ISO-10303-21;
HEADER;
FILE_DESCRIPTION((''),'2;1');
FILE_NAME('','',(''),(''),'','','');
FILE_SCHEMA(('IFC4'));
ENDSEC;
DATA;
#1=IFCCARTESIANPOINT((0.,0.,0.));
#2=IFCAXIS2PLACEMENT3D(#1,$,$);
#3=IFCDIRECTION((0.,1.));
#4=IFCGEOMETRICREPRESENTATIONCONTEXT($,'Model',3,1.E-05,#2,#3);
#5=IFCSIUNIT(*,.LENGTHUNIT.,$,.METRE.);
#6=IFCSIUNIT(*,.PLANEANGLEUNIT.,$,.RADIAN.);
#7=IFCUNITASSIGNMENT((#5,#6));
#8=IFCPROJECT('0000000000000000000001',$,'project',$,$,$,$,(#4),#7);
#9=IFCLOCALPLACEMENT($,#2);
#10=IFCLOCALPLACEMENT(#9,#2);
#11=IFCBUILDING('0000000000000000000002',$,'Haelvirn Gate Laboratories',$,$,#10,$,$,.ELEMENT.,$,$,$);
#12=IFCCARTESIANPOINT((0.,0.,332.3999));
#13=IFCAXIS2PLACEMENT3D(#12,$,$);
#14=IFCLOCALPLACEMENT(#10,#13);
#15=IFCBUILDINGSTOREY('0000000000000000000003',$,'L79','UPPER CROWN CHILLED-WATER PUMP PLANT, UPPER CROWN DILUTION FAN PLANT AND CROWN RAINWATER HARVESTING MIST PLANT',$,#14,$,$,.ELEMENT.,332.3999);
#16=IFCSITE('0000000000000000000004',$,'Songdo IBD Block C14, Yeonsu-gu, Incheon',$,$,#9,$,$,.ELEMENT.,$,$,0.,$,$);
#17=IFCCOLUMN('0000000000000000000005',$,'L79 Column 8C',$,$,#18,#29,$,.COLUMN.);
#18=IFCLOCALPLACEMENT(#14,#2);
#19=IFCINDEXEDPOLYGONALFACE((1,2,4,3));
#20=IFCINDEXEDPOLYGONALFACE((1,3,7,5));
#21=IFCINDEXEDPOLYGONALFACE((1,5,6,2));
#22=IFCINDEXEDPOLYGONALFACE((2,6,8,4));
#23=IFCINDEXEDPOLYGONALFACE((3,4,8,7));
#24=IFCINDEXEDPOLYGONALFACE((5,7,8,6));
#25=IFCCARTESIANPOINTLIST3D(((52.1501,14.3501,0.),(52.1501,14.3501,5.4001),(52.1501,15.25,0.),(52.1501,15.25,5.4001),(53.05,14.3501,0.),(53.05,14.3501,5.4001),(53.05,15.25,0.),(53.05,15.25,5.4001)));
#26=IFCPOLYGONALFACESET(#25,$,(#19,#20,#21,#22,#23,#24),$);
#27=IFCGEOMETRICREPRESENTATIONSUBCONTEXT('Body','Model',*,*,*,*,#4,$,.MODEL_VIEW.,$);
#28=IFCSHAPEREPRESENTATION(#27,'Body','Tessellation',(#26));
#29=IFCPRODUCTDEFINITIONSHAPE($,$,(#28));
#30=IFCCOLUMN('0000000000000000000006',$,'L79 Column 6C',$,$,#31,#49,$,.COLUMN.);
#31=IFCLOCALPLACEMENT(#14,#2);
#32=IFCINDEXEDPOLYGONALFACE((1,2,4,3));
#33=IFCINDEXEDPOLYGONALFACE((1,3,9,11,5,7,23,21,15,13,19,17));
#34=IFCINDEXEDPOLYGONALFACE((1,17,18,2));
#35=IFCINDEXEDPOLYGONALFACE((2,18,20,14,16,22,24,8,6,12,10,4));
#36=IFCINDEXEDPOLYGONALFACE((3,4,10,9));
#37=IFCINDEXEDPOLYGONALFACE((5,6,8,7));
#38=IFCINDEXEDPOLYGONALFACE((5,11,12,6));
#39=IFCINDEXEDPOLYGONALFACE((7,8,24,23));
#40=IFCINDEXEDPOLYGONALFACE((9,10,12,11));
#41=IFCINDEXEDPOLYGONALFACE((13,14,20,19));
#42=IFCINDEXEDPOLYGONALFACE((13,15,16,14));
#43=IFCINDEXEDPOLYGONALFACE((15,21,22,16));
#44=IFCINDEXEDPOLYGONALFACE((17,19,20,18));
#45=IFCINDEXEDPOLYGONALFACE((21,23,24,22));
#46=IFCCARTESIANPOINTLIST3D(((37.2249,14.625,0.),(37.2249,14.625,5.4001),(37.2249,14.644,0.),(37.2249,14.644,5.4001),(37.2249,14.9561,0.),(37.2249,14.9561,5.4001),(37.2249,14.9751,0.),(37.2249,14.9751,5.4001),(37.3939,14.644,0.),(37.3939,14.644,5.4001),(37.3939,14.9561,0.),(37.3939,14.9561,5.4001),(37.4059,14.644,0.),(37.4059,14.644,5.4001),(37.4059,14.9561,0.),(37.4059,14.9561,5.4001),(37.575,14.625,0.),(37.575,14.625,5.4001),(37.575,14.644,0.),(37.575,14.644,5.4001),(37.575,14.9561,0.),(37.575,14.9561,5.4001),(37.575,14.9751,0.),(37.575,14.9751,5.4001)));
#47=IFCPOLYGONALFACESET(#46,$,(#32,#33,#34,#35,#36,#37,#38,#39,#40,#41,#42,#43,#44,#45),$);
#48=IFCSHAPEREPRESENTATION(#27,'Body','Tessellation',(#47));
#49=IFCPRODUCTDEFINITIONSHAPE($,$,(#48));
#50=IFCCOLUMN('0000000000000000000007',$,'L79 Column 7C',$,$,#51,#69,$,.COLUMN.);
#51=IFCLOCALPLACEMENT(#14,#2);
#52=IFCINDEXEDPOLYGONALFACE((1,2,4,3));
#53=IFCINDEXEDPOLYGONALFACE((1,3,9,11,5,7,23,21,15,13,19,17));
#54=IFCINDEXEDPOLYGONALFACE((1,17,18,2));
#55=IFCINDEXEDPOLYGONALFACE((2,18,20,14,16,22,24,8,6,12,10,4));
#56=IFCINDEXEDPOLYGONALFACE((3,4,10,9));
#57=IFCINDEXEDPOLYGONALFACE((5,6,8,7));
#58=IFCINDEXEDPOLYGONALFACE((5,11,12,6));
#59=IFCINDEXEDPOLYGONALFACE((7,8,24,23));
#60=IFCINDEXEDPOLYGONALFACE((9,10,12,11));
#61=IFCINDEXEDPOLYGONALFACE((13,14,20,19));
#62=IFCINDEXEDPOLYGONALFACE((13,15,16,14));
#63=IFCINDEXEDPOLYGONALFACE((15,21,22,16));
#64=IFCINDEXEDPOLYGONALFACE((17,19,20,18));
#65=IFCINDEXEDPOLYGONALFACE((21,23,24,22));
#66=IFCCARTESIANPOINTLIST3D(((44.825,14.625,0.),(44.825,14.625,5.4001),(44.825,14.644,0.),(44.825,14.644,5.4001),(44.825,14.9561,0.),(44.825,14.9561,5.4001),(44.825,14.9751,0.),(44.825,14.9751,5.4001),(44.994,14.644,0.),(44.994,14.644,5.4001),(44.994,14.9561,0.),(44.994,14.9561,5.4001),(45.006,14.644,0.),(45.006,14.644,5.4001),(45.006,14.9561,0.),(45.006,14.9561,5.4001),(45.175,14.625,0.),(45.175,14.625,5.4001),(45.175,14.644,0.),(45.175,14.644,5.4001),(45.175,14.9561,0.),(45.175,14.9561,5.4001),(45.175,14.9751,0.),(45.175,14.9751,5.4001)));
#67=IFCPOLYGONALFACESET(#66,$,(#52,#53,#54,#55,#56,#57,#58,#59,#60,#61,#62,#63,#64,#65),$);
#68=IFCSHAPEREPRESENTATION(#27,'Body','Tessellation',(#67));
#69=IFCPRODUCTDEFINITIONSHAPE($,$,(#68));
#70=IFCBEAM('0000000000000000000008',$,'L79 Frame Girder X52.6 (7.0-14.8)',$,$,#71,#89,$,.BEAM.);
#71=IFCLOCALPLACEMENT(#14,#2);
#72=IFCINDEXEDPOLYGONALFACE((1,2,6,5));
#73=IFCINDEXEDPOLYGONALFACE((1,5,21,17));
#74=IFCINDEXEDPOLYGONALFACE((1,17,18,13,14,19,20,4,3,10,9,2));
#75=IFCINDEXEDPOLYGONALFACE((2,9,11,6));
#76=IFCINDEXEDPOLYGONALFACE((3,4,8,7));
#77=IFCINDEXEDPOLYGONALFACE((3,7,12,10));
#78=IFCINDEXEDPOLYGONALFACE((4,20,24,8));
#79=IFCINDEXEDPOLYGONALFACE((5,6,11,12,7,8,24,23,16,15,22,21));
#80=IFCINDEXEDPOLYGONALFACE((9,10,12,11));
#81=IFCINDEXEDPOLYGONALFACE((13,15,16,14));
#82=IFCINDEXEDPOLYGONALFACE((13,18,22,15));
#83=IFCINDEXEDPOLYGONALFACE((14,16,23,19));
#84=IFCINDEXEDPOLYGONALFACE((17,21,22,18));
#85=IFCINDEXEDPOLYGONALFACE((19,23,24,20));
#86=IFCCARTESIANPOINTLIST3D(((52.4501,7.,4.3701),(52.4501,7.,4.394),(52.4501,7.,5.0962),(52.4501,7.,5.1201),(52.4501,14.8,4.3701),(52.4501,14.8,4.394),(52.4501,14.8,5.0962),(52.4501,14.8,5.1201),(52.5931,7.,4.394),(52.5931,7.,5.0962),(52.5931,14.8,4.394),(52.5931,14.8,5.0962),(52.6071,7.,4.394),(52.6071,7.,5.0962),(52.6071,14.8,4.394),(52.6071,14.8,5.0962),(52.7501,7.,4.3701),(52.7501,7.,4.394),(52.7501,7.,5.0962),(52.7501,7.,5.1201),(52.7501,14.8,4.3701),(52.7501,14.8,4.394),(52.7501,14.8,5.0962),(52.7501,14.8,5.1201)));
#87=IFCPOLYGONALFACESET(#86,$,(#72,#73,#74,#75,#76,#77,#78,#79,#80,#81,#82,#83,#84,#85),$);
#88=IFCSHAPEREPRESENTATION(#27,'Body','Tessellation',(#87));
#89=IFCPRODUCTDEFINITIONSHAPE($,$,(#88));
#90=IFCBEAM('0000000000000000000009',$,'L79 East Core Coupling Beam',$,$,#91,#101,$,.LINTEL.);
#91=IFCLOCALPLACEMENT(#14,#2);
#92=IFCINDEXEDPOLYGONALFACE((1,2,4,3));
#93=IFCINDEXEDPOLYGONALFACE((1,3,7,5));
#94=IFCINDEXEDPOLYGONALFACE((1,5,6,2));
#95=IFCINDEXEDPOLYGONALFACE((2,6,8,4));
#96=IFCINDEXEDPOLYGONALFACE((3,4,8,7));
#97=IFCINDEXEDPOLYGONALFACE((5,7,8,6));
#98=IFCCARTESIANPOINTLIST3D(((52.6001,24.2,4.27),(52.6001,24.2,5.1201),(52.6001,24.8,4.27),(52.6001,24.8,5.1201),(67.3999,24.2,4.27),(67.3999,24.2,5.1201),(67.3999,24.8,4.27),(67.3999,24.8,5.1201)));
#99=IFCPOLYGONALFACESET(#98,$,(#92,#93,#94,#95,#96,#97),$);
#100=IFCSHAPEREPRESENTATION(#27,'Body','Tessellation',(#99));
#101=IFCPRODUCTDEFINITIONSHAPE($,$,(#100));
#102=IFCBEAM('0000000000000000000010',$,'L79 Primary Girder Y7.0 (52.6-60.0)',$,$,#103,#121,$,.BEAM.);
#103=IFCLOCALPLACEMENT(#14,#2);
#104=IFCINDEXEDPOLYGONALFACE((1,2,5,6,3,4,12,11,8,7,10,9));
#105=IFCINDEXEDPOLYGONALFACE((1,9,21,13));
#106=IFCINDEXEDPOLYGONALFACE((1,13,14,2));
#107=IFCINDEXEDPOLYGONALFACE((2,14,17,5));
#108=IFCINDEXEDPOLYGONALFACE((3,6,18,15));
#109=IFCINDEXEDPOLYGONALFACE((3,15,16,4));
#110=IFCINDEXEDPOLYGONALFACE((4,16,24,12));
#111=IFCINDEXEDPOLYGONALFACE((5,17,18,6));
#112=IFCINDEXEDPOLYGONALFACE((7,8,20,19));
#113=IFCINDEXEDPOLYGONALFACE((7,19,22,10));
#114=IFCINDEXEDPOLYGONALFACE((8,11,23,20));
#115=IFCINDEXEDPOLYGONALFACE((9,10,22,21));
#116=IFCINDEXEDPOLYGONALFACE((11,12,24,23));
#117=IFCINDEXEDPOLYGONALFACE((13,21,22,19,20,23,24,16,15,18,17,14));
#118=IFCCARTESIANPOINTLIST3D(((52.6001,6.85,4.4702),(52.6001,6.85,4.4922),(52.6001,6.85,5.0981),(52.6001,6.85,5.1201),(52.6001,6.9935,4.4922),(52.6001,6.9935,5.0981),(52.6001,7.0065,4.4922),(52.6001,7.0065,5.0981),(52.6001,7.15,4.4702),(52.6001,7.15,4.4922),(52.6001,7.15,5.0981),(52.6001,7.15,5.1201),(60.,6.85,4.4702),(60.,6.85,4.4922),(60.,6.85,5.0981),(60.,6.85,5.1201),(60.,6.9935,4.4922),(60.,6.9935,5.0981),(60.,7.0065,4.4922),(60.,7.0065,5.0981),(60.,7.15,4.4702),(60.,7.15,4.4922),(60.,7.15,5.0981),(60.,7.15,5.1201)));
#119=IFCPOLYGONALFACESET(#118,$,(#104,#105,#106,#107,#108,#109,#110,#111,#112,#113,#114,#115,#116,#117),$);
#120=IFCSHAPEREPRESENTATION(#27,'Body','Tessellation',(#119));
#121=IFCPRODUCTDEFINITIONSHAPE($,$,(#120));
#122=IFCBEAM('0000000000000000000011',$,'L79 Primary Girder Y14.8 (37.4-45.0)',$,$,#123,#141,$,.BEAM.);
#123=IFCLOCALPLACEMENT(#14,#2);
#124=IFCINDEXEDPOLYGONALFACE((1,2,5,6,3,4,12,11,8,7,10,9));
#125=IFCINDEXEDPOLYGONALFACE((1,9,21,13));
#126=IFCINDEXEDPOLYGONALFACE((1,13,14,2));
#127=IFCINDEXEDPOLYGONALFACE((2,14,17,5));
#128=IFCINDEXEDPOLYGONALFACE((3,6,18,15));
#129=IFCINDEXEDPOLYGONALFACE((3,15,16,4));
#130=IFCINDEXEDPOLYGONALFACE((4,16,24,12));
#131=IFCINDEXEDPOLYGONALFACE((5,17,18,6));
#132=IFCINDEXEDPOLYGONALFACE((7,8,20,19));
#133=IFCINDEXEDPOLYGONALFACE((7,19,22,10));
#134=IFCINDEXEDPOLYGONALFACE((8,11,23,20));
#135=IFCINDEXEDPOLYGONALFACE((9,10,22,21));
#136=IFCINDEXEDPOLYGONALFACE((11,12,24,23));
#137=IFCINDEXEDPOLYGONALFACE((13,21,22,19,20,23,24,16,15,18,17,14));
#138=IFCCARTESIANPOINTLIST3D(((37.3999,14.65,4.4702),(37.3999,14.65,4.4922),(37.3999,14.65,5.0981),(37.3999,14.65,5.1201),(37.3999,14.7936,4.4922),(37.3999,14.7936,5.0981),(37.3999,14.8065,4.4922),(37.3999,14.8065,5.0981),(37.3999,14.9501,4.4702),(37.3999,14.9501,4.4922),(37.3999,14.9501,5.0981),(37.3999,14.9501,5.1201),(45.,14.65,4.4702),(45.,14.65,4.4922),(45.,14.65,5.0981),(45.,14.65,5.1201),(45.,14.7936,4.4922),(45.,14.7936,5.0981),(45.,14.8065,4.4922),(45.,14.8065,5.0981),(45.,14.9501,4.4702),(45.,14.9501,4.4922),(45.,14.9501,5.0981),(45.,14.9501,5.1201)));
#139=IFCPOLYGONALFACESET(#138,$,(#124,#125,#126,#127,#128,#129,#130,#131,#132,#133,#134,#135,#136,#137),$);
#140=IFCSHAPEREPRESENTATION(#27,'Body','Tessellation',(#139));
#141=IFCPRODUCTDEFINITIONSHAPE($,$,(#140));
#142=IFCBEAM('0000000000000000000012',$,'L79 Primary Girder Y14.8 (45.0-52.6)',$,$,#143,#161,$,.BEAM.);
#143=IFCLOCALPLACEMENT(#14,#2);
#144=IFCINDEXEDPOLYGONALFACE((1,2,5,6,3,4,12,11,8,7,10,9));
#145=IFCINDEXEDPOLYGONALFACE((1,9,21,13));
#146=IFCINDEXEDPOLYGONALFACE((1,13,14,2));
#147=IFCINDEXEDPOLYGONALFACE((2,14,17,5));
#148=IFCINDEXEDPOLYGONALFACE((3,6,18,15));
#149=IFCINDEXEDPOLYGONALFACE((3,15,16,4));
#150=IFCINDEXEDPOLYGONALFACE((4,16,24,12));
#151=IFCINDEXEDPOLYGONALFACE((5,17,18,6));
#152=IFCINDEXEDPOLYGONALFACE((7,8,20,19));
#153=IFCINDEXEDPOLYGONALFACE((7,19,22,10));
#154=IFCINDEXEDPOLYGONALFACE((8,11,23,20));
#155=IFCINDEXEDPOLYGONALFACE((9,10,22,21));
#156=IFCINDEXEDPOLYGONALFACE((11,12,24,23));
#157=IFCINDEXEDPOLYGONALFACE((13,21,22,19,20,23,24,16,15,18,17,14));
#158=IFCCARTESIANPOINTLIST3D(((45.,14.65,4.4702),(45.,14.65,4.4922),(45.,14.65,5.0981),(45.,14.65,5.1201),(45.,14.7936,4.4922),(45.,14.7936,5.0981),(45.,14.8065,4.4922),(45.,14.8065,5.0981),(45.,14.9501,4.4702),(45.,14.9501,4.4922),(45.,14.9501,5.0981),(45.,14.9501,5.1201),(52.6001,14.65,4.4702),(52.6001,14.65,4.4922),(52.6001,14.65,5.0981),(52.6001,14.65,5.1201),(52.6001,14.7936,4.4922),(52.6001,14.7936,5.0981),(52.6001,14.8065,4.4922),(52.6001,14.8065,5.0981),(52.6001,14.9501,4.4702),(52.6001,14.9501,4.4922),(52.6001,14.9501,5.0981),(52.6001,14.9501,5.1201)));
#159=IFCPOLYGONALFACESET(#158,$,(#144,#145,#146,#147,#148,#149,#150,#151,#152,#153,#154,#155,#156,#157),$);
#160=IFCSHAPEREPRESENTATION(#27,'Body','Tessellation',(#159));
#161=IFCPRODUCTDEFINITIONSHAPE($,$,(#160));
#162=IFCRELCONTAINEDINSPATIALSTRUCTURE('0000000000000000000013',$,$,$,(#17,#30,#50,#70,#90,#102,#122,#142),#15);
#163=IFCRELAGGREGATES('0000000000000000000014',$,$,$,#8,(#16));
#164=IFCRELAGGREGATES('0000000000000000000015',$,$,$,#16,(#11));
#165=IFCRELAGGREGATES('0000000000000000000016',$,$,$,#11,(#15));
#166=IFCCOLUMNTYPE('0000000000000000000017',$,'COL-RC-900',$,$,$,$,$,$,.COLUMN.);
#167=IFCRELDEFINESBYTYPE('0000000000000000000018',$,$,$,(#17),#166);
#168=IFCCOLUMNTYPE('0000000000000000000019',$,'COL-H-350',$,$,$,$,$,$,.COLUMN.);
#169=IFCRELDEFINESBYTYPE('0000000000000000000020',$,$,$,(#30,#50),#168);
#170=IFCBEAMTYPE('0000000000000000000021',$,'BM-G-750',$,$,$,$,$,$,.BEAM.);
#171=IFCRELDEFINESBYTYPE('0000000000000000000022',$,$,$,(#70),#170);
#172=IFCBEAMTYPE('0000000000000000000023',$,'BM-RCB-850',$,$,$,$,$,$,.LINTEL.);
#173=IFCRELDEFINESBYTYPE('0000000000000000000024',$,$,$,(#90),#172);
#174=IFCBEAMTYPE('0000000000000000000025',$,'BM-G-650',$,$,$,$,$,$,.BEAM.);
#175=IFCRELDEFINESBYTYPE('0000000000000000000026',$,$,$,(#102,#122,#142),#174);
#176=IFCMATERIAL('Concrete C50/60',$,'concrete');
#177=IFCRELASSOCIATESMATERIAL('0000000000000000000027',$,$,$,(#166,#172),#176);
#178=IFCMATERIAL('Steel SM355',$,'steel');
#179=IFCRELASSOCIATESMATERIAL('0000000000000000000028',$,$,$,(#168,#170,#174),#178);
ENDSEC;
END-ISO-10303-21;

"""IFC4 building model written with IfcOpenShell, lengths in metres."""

from ifc_helpers import new_model, si_unit, direction, frame, origin, origin_2d, place, context, subcontext, project, spatial, rectangle, i_section, extrude, source, transform, mapped, material, material_profile, profile_set, type_object, type_shapes, element, save


model = new_model("IFC4")

# Units and contexts
model_context = context("Model", 3, precision=1e-05, world=origin(), true_north=direction((0.0, 1.0)))
body_context = subcontext(model_context, "Body", "Model", "MODEL_VIEW")
ifc_project = project(units=[si_unit("LENGTHUNIT", "METRE"), si_unit("PLANEANGLEUNIT", "RADIAN")], contexts=[model_context])

# Site, building, storey
site_placement = place(None, origin())
site = spatial("IfcSite", under=ifc_project, at=site_placement, Name="Songdo IBD Block C14, Yeonsu-gu, Incheon", CompositionType="ELEMENT", RefElevation=0.0)
building_placement = place(site_placement, origin())
building = spatial("IfcBuilding", under=site, at=building_placement, Name="Haelvirn Gate Laboratories", CompositionType="ELEMENT")
storey_placement = place(building_placement, frame((0.0, 0.0, 332.3999)))
storey = spatial("IfcBuildingStorey", under=building, at=storey_placement, Name="L79", Description="UPPER CROWN CHILLED-WATER PUMP PLANT, UPPER CROWN DILUTION FAN PLANT AND CROWN RAINWATER HARVESTING MIST PLANT", CompositionType="ELEMENT", Elevation=332.3999)

# Columns
ifc_material_1 = material(Name="Concrete C50/60", Category="concrete")
ifc_material_profile_1 = material_profile(ifc_material_1, rectangle(XDim=0.8999, YDim=0.8999, at=origin_2d()), Name="RC-900x900")
ifc_profile_set_1 = profile_set([ifc_material_profile_1], Name="Concrete C50/60")
column_type_1 = type_object("IfcColumnType", Name="COL-RC-900", PredefinedType="COLUMN", material=ifc_profile_set_1)
shared_shape_1 = source(origin(), body_context, "Body", "SweptSolid", [
    extrude(rectangle(XDim=0.8999, YDim=0.8999, at=origin_2d()), origin(), (0.0, 0.0, 1.0), 5.4001),
])
type_shapes(column_type_1, [shared_shape_1])
column_placement = place(storey_placement, frame((52.6001, 14.8, 0.0), z_axis=(0.0, 0.0, 1.0), x_axis=(1.0, 0.0, 0.0)))
element("IfcColumn", 1, at=column_placement, inside=storey, type_object=column_type_1, Name="L79 Column 8C", PredefinedType="COLUMN", context=body_context, shape_type="MappedRepresentation", body=[
    mapped(shared_shape_1, transform((0.0, 0.0, 0.0), scale=1.0)),
])
ifc_material_2 = material(Name="Steel SM355", Category="steel")
ifc_material_profile_2 = material_profile(ifc_material_2, i_section(OverallWidth=0.3501, OverallDepth=0.3501, WebThickness=0.012, FlangeThickness=0.019, at=origin_2d()), Name="H-350x350x12x19")
ifc_profile_set_2 = profile_set([ifc_material_profile_2], Name="Steel SM355")
column_type_2 = type_object("IfcColumnType", Name="COL-H-350", PredefinedType="COLUMN", material=ifc_profile_set_2)
shared_shape_2 = source(origin(), body_context, "Body", "SweptSolid", [
    extrude(i_section(OverallWidth=0.3501, OverallDepth=0.3501, WebThickness=0.012, FlangeThickness=0.019, at=origin_2d()), origin(), (0.0, 0.0, 1.0), 5.4001),
])
type_shapes(column_type_2, [shared_shape_2])
for number, where, z_axis, x_axis, name in (
    (2, (37.3999, 14.8, 0.0), (0.0, 0.0, 1.0), (1.0, 0.0, 0.0), "L79 Column 6C"),
    (3, (45.0, 14.8, 0.0), (0.0, 0.0, 1.0), (1.0, 0.0, 0.0), "L79 Column 7C"),
):
    element("IfcColumn", number, at=place(storey_placement, frame(where, z_axis=z_axis, x_axis=x_axis)), inside=storey, type_object=column_type_2, Name=name, PredefinedType="COLUMN", context=body_context, shape_type="MappedRepresentation", body=[
        mapped(shared_shape_2, transform((0.0, 0.0, 0.0), scale=1.0)),
    ])

# Beams
ifc_material_profile_3 = material_profile(ifc_material_2, i_section(OverallWidth=0.3, OverallDepth=0.75, WebThickness=0.0139, FlangeThickness=0.0239, at=origin_2d()), Name="H-750x300x14x24")
ifc_profile_set_3 = profile_set([ifc_material_profile_3], Name="Steel SM355")
beam_type_1 = type_object("IfcBeamType", Name="BM-G-750", PredefinedType="BEAM", material=ifc_profile_set_3)
shared_shape_3 = source(origin(), body_context, "Body", "SweptSolid", [
    extrude(i_section(OverallWidth=0.3, OverallDepth=0.75, WebThickness=0.0139, FlangeThickness=0.0239, at=origin_2d()), origin(), (0.0, 0.0, 1.0), 7.8),
])
type_shapes(beam_type_1, [shared_shape_3])
beam_1_placement = place(storey_placement, frame((52.6001, 7.0, 4.7451), z_axis=(0.0, 1.0, 0.0), x_axis=(-1.0, 0.0, 0.0)))
element("IfcBeam", 4, at=beam_1_placement, inside=storey, type_object=beam_type_1, Name="L79 Frame Girder X52.6 (7.0-14.8)", PredefinedType="BEAM", context=body_context, shape_type="MappedRepresentation", body=[
    mapped(shared_shape_3, transform((0.0, 0.0, 0.0), scale=1.0)),
])
ifc_material_profile_4 = material_profile(ifc_material_1, rectangle(XDim=0.6001, YDim=0.8501, at=origin_2d()), Name="RCB-600x850")
ifc_profile_set_4 = profile_set([ifc_material_profile_4], Name="Concrete C50/60")
beam_type_2 = type_object("IfcBeamType", Name="BM-RCB-850", PredefinedType="LINTEL", material=ifc_profile_set_4)
shared_shape_4 = source(origin(), body_context, "Body", "SweptSolid", [
    extrude(rectangle(XDim=0.6001, YDim=0.8501, at=origin_2d()), origin(), (0.0, 0.0, 1.0), 14.7998),
])
type_shapes(beam_type_2, [shared_shape_4])
beam_2_placement = place(storey_placement, frame((52.6001, 24.5, 4.6951), z_axis=(1.0, 0.0, 0.0), x_axis=(0.0, 1.0, 0.0)))
element("IfcBeam", 5, at=beam_2_placement, inside=storey, type_object=beam_type_2, Name="L79 East Core Coupling Beam", PredefinedType="LINTEL", context=body_context, shape_type="MappedRepresentation", body=[
    mapped(shared_shape_4, transform((0.0, 0.0, 0.0), scale=1.0)),
])
ifc_material_profile_5 = material_profile(ifc_material_2, i_section(OverallWidth=0.3, OverallDepth=0.6499, WebThickness=0.0129, FlangeThickness=0.022, at=origin_2d()), Name="H-650x300x13x22")
ifc_profile_set_5 = profile_set([ifc_material_profile_5], Name="Steel SM355")
beam_type_3 = type_object("IfcBeamType", Name="BM-G-650", PredefinedType="BEAM", material=ifc_profile_set_5)
shared_shape_5 = source(origin(), body_context, "Body", "SweptSolid", [
    extrude(i_section(OverallWidth=0.3, OverallDepth=0.6499, WebThickness=0.0129, FlangeThickness=0.022, at=origin_2d()), origin(), (0.0, 0.0, 1.0), 7.3999),
])
beam_3_placement = place(storey_placement, frame((52.6001, 7.0, 4.7952), z_axis=(1.0, 0.0, 0.0), x_axis=(0.0, 1.0, 0.0)))
element("IfcBeam", 6, at=beam_3_placement, inside=storey, type_object=beam_type_3, Name="L79 Primary Girder Y7.0 (52.6-60.0)", PredefinedType="BEAM", context=body_context, shape_type="MappedRepresentation", body=[
    mapped(shared_shape_5, transform((0.0, 0.0, 0.0), scale=1.0)),
])
shared_shape_6 = source(origin(), body_context, "Body", "SweptSolid", [
    extrude(i_section(OverallWidth=0.3, OverallDepth=0.6499, WebThickness=0.0129, FlangeThickness=0.022, at=origin_2d()), origin(), (0.0, 0.0, 1.0), 7.6001),
])
type_shapes(beam_type_3, [shared_shape_5, shared_shape_6])
for number, where, z_axis, x_axis, name in (
    (7, (37.3999, 14.8, 4.7952), (1.0, 0.0, 0.0), (0.0, 1.0, 0.0), "L79 Primary Girder Y14.8 (37.4-45.0)"),
    (8, (45.0, 14.8, 4.7952), (1.0, 0.0, 0.0), (0.0, 1.0, 0.0), "L79 Primary Girder Y14.8 (45.0-52.6)"),
):
    element("IfcBeam", number, at=place(storey_placement, frame(where, z_axis=z_axis, x_axis=x_axis)), inside=storey, type_object=beam_type_3, Name=name, PredefinedType="BEAM", context=body_context, shape_type="MappedRepresentation", body=[
        mapped(shared_shape_6, transform((0.0, 0.0, 0.0), scale=1.0)),
    ])

save(model, "model.ifc")
